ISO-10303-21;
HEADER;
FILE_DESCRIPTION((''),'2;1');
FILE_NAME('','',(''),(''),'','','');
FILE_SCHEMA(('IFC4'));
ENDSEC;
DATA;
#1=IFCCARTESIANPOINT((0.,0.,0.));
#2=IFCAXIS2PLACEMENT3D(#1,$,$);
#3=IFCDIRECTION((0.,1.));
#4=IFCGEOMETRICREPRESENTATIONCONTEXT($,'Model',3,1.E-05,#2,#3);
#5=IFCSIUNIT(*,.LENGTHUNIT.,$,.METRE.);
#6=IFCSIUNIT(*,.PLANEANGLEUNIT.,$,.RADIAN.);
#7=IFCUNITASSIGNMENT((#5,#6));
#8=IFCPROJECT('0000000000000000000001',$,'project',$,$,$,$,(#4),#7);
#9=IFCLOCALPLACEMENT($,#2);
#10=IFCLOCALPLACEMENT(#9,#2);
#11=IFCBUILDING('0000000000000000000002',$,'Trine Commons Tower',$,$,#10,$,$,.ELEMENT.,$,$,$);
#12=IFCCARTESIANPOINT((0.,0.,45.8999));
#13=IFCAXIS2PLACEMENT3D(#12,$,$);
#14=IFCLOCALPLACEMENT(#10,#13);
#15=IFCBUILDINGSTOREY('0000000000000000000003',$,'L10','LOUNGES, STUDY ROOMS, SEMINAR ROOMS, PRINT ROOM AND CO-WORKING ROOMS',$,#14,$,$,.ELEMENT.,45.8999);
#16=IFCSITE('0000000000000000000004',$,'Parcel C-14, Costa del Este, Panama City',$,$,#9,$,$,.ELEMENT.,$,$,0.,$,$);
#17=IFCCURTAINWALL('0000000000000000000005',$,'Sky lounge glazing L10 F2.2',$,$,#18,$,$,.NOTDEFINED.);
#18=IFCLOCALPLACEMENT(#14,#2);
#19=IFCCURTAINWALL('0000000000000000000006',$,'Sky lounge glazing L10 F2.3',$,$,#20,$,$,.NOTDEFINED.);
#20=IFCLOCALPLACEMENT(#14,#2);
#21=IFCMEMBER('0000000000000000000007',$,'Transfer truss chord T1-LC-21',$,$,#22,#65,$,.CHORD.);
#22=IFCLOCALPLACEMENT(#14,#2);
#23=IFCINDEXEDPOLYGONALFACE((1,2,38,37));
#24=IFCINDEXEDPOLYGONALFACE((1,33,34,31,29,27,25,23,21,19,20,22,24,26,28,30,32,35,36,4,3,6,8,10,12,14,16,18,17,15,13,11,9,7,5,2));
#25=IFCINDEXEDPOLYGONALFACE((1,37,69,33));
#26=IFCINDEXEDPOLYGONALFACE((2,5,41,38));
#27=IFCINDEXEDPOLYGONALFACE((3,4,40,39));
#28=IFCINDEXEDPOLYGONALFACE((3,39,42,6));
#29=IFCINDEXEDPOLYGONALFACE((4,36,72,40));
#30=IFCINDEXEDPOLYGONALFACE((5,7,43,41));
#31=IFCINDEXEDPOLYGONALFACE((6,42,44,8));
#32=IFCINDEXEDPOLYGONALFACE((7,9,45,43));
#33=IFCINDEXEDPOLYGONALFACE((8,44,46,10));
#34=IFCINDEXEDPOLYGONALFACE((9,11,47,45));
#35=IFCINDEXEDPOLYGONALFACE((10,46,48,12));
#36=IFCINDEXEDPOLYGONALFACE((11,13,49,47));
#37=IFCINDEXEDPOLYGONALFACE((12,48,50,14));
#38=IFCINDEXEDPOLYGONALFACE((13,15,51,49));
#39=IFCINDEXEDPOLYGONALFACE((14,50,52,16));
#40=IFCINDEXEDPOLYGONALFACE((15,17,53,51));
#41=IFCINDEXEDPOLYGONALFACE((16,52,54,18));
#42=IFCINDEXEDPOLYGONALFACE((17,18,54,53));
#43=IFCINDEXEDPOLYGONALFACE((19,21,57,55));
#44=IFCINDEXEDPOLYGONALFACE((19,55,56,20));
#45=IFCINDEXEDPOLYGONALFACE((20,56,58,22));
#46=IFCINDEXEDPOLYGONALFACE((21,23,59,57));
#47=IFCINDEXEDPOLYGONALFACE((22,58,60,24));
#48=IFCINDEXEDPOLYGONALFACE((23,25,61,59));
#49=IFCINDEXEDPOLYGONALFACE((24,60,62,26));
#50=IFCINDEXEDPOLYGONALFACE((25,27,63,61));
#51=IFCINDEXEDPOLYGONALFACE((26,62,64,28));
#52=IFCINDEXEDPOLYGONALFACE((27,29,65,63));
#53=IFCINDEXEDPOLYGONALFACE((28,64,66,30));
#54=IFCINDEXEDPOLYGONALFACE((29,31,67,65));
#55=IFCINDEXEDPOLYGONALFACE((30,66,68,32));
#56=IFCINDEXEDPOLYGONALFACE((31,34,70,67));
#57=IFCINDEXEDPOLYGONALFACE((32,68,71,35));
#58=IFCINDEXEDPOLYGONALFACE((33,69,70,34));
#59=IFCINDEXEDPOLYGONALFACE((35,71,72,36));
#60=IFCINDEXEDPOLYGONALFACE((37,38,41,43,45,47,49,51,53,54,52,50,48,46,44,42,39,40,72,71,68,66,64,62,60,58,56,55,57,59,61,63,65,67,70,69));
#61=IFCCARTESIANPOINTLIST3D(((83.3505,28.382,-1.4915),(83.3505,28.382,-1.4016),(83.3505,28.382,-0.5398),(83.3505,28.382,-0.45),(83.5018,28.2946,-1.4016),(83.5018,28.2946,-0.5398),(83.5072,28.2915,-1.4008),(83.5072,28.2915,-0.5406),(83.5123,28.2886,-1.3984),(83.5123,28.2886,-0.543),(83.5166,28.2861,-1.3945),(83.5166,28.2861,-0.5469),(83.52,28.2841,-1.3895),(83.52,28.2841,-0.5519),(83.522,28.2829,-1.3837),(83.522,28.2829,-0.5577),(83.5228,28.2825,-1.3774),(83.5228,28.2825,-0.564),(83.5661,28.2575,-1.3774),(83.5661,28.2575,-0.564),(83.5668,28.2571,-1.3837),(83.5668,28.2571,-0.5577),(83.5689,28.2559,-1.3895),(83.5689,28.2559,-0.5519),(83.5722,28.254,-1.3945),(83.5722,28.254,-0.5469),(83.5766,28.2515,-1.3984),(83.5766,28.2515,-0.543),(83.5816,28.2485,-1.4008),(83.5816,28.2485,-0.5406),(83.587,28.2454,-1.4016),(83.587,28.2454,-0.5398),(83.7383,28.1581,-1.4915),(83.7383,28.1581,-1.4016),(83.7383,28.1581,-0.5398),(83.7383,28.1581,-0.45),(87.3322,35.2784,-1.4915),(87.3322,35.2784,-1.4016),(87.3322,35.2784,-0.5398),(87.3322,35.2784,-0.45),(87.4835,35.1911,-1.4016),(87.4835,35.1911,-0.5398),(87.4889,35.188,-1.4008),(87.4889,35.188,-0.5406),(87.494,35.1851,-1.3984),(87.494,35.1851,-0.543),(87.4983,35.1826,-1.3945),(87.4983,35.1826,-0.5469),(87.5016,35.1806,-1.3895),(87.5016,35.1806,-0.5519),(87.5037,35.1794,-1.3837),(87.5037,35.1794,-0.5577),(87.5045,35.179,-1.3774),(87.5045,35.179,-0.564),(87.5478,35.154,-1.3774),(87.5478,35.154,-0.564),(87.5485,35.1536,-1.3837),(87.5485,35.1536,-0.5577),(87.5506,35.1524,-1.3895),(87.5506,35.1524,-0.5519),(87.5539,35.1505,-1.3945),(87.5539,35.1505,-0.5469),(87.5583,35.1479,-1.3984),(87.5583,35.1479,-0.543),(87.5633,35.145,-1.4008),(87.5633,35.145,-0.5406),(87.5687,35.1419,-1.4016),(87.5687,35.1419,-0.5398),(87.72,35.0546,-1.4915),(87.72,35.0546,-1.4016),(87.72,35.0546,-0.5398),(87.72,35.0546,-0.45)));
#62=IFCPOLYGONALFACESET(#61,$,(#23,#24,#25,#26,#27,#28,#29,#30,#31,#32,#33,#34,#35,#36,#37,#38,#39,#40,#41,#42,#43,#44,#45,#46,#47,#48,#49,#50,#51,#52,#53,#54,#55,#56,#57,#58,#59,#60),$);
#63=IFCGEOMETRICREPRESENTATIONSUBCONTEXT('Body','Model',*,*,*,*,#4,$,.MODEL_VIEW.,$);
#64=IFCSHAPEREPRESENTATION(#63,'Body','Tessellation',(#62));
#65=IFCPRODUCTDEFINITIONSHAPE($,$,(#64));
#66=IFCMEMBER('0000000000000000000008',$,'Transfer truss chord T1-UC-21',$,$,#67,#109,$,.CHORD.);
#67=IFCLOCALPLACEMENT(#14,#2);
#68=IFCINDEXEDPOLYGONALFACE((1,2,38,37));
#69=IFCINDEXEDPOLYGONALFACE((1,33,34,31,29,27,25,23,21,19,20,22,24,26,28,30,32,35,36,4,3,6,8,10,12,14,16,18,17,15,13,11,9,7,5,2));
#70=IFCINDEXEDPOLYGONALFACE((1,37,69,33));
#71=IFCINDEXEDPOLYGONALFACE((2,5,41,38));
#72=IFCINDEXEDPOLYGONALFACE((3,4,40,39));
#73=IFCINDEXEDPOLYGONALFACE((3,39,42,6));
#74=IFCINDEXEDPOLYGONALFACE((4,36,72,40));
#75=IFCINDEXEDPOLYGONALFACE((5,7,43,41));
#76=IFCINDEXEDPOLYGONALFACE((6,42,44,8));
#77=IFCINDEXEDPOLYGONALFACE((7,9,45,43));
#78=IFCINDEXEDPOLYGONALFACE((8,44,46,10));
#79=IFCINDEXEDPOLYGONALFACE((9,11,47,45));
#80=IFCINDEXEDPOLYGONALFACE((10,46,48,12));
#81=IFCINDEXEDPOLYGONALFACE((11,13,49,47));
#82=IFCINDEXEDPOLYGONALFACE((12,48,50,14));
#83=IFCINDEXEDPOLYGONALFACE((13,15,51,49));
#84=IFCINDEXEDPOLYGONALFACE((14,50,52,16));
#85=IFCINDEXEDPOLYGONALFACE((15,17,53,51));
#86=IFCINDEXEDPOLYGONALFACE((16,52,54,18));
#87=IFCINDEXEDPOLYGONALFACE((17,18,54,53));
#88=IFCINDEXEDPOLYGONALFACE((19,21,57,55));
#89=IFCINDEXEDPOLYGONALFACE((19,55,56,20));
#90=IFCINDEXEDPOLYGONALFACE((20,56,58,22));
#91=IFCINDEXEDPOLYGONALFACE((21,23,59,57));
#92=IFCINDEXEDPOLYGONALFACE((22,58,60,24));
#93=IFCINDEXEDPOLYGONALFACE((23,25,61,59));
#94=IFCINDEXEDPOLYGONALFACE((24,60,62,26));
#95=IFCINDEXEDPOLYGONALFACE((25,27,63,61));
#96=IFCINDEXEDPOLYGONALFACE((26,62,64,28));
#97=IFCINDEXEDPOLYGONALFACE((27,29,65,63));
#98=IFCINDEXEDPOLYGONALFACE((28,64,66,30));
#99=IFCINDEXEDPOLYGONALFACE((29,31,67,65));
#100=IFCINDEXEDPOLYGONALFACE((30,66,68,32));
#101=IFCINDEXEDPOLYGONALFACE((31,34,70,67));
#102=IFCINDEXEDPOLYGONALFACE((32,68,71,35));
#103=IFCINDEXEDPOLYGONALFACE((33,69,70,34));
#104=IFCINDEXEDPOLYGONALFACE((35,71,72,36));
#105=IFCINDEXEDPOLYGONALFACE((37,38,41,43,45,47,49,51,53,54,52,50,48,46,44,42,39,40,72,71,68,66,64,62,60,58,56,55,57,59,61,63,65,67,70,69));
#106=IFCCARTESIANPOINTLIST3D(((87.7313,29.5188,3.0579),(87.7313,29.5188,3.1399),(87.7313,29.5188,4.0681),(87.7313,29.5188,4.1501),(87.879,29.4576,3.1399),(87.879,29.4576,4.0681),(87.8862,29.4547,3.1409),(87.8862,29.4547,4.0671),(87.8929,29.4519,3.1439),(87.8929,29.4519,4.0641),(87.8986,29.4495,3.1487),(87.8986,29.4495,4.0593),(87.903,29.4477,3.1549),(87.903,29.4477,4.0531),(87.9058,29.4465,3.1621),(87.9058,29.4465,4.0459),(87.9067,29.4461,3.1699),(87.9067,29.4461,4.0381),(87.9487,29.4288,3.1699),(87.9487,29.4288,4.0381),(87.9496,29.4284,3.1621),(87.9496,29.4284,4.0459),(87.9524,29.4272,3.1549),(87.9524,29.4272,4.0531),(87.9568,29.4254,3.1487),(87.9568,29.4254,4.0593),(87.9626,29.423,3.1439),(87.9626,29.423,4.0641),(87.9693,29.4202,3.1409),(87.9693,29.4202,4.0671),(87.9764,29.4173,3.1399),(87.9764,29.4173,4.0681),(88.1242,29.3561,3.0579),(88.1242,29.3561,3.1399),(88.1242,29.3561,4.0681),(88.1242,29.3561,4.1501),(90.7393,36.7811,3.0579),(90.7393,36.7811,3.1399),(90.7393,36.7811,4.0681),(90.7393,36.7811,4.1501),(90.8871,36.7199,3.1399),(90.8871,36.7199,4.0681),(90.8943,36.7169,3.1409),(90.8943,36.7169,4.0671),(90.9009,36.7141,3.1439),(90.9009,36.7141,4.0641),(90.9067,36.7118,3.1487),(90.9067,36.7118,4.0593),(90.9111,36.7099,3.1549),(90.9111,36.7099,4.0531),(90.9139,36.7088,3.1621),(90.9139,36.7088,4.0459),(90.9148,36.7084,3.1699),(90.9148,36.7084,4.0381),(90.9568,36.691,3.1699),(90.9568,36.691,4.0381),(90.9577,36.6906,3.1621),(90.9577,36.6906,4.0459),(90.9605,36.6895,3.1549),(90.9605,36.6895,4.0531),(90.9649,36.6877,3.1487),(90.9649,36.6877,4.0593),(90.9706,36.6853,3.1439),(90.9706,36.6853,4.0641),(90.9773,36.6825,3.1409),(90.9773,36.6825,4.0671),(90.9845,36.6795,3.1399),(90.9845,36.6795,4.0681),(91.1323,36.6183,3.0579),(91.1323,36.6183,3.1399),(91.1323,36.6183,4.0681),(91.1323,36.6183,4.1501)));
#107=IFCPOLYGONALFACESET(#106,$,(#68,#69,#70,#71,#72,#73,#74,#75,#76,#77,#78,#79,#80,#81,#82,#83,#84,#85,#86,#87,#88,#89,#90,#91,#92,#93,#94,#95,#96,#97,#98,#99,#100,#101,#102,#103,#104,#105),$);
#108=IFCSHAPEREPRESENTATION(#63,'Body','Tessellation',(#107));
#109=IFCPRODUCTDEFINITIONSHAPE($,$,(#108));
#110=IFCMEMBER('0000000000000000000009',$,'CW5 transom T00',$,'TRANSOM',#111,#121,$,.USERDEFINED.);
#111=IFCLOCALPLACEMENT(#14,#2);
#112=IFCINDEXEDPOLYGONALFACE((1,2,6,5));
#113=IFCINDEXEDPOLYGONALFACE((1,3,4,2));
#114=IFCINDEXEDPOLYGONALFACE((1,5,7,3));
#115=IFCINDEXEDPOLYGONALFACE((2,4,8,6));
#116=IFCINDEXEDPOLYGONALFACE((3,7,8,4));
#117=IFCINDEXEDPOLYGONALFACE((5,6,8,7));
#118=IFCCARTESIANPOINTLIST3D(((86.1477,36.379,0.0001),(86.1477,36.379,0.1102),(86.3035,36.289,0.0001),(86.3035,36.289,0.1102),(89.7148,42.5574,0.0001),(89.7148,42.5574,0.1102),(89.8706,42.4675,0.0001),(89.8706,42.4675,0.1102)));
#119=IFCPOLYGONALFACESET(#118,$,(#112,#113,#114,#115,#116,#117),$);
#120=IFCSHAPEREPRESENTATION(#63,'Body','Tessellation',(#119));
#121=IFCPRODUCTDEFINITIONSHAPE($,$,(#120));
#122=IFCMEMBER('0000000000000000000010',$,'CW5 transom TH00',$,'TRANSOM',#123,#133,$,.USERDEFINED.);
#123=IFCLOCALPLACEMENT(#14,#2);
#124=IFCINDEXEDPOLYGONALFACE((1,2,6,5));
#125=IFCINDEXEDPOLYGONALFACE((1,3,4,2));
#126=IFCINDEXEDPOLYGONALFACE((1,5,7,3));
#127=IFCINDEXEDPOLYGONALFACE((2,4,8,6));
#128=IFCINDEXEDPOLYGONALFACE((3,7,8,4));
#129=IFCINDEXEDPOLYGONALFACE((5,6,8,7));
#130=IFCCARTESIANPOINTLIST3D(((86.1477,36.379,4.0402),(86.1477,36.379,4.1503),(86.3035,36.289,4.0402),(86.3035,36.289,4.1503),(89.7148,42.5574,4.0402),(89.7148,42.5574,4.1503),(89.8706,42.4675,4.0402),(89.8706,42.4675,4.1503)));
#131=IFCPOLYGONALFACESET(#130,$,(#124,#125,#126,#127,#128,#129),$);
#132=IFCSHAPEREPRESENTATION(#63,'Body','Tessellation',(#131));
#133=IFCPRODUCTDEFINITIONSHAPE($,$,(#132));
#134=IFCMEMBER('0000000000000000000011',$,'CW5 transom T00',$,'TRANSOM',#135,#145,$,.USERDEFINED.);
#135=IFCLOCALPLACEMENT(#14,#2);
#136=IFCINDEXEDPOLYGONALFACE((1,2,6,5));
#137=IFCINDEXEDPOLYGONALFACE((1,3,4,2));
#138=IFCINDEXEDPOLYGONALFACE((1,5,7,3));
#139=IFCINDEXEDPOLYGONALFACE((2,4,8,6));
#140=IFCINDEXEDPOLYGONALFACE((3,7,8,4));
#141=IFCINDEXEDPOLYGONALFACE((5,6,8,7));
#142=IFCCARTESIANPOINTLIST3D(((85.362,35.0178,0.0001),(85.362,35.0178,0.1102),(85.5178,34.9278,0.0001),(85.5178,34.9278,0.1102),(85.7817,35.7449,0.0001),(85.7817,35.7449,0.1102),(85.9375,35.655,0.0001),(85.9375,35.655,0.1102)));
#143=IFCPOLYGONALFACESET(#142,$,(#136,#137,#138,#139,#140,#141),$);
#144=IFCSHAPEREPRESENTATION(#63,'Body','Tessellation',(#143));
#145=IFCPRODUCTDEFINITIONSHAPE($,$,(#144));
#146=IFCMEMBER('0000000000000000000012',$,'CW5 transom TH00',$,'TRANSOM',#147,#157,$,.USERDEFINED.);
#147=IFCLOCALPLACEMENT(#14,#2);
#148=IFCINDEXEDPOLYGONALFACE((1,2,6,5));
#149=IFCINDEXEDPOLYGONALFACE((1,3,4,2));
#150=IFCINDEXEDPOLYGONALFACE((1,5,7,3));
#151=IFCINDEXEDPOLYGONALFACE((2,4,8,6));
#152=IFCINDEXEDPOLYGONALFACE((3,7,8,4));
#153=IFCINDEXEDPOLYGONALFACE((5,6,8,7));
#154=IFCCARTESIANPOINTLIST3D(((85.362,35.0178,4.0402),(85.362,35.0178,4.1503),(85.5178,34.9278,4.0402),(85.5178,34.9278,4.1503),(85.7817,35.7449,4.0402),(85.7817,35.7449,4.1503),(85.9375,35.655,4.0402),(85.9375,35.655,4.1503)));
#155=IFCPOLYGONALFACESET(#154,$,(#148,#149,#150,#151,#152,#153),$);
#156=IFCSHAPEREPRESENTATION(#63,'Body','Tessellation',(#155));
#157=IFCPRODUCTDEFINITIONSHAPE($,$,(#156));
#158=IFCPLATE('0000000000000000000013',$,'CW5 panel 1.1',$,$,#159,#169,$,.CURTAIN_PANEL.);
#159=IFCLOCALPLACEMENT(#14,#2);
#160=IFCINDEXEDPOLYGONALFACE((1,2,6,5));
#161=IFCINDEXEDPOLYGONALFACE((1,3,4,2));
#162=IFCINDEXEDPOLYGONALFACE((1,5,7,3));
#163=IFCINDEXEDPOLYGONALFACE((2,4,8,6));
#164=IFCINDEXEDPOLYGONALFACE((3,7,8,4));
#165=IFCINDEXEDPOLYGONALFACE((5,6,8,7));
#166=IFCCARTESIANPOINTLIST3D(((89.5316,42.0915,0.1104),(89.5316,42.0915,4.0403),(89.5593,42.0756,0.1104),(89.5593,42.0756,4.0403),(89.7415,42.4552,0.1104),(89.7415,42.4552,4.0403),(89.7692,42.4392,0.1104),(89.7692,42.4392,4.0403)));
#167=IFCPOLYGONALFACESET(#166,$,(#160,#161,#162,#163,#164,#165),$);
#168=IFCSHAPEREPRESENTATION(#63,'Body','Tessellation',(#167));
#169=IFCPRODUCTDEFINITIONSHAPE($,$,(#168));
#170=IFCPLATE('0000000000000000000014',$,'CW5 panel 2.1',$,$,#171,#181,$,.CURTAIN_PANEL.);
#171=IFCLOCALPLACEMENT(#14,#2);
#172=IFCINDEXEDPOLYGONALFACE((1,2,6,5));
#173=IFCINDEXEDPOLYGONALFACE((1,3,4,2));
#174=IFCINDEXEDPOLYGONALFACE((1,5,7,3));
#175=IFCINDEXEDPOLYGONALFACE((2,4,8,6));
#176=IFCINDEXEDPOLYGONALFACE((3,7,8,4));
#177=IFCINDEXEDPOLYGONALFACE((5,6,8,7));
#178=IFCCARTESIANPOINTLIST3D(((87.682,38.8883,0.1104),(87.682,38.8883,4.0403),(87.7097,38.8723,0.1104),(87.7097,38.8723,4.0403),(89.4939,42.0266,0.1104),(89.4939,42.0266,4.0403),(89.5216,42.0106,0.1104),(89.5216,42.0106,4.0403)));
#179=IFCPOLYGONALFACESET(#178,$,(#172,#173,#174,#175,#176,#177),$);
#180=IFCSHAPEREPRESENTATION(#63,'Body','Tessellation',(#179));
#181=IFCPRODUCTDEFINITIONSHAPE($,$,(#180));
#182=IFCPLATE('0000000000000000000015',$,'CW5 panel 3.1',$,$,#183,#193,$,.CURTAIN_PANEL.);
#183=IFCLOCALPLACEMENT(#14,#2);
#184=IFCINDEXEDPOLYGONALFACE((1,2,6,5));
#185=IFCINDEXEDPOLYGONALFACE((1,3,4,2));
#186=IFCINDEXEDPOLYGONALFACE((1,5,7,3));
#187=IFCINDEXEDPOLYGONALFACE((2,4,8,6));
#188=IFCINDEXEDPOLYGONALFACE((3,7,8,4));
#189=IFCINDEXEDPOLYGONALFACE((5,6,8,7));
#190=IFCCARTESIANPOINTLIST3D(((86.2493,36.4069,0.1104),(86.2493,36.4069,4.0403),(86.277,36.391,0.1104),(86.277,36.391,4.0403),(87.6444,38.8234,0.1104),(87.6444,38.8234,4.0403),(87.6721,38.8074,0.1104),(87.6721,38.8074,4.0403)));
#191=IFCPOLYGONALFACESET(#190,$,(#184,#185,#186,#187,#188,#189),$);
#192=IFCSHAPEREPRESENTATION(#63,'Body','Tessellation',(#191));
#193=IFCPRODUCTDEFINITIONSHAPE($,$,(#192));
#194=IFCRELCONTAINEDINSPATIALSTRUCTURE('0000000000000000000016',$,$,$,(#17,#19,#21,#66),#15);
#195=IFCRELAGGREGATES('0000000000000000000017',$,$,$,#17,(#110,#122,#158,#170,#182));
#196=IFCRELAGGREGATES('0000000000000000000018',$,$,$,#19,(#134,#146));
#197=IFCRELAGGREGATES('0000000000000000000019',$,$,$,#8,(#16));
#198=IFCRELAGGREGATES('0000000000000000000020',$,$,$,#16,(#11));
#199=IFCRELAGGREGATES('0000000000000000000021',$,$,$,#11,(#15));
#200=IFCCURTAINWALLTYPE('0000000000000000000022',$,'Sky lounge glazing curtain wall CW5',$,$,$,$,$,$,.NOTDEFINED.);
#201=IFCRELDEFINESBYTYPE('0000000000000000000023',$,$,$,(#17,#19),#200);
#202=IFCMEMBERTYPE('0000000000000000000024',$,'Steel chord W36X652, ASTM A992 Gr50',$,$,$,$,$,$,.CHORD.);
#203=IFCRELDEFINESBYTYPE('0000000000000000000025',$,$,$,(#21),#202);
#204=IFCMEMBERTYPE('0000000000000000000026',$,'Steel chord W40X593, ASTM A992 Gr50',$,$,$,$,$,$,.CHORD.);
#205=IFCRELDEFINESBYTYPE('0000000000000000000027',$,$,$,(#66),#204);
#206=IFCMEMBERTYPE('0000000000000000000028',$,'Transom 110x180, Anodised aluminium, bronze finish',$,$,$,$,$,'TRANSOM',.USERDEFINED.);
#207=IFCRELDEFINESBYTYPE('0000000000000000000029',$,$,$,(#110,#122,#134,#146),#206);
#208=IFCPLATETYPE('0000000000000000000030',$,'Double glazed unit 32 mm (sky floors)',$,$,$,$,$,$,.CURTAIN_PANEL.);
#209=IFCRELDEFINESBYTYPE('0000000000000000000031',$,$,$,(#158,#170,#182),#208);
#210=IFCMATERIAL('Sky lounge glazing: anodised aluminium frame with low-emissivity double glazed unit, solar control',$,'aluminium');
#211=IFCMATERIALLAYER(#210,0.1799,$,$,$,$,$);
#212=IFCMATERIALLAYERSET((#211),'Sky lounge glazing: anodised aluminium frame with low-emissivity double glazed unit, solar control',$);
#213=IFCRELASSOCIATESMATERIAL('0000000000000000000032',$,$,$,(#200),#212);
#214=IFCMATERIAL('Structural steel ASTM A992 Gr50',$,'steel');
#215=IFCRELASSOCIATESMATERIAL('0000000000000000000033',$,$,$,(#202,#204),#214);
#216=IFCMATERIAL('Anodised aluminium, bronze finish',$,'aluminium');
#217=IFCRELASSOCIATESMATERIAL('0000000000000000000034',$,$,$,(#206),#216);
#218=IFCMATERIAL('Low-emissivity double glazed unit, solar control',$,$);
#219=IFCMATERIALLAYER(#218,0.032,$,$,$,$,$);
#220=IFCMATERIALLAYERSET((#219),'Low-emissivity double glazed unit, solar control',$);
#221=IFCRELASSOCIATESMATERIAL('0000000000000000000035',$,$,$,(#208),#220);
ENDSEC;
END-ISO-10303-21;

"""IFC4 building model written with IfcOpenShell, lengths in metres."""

from ifc_helpers import new_model, si_unit, direction, frame, origin, origin_2d, place, context, subcontext, project, spatial, rectangle, i_section, extrude, material, layer, layer_set, material_profile, profile_set, type_object, element, aggregate, save


model = new_model("IFC4")

# Units and contexts
model_context = context("Model", 3, precision=1e-05, world=origin(), true_north=direction((0.0, 1.0)))
body_context = subcontext(model_context, "Body", "Model", "MODEL_VIEW")
ifc_project = project(units=[si_unit("LENGTHUNIT", "METRE"), si_unit("PLANEANGLEUNIT", "RADIAN")], contexts=[model_context])

# Site, building, storey
site_placement = place(None, origin())
site = spatial("IfcSite", under=ifc_project, at=site_placement, Name="Parcel C-14, Costa del Este, Panama City", CompositionType="ELEMENT", RefElevation=0.0)
building_placement = place(site_placement, origin())
building = spatial("IfcBuilding", under=site, at=building_placement, Name="Trine Commons Tower", CompositionType="ELEMENT")
storey_placement = place(building_placement, frame((0.0, 0.0, 45.8999)))
storey = spatial("IfcBuildingStorey", under=building, at=storey_placement, Name="L10", Description="LOUNGES, STUDY ROOMS, SEMINAR ROOMS, PRINT ROOM AND CO-WORKING ROOMS", CompositionType="ELEMENT", Elevation=45.8999)

# Curtain walls
ifc_material_1 = material(Name="Sky lounge glazing: anodised aluminium frame with low-emissivity double glazed unit, solar control", Category="aluminium")
ifc_layer_1 = layer(ifc_material_1, 0.1799)
ifc_layer_set_1 = layer_set([ifc_layer_1], Name="Sky lounge glazing: anodised aluminium frame with low-emissivity double glazed unit, solar control")
curtain_wall_type = type_object("IfcCurtainWallType", Name="Sky lounge glazing curtain wall CW5", PredefinedType="NOTDEFINED", material=ifc_layer_set_1)
curtain_wall_1_placement = place(storey_placement, origin())
curtain_wall_1 = element("IfcCurtainWall", 1, at=curtain_wall_1_placement, inside=storey, type_object=curtain_wall_type, Name="Sky lounge glazing L10 F2.2", PredefinedType="NOTDEFINED")
ifc_material_2 = material(Name="Anodised aluminium, bronze finish", Category="aluminium")
curtain_wall_2_placement = place(storey_placement, origin())
curtain_wall_2 = element("IfcCurtainWall", 2, at=curtain_wall_2_placement, inside=storey, type_object=curtain_wall_type, Name="Sky lounge glazing L10 F2.3", PredefinedType="NOTDEFINED")

# Members
ifc_material_3 = material(Name="Structural steel ASTM A992 Gr50", Category="steel")
ifc_material_profile_1 = material_profile(ifc_material_3, i_section(OverallWidth=0.4478, OverallDepth=1.0415, WebThickness=0.05, FlangeThickness=0.0898, FilletRadius=0.0242, at=origin_2d()), Name="W36X652")
ifc_profile_set_1 = profile_set([ifc_material_profile_1], Name="Structural steel ASTM A992 Gr50")
member_type_1 = type_object("IfcMemberType", Name="Steel chord W36X652, ASTM A992 Gr50", PredefinedType="CHORD", material=ifc_profile_set_1)
for number, where, z_axis, x_axis, name in (
    (3, (87.5261, 35.1665, -0.9707), (-0.5, -0.866025, 0.0), (0.866025, -0.5, 0.0), "Transfer truss chord T1-LC-21"),
):
    element("IfcMember", number, at=place(storey_placement, frame(where, z_axis=z_axis, x_axis=x_axis)), inside=storey, type_object=member_type_1, Name=name, PredefinedType="CHORD", context=body_context, shape_type="SweptSolid", body=[
        extrude(i_section(OverallWidth=0.4478, OverallDepth=1.0415, WebThickness=0.05, FlangeThickness=0.0898, FilletRadius=0.0242, at=origin_2d()), origin(), (0.0, 0.0, 1.0), 7.9634),
    ])
ifc_material_profile_2 = material_profile(ifc_material_3, i_section(OverallWidth=0.4253, OverallDepth=1.0923, WebThickness=0.0454, FlangeThickness=0.082, FilletRadius=0.03, at=origin_2d()), Name="W40X593")
ifc_profile_set_2 = profile_set([ifc_material_profile_2], Name="Structural steel ASTM A992 Gr50")
member_type_2 = type_object("IfcMemberType", Name="Steel chord W40X593, ASTM A992 Gr50", PredefinedType="CHORD", material=ifc_profile_set_2)
member_1_placement = place(storey_placement, frame((90.9358, 36.6997, 3.604), z_axis=(-0.382678, -0.923882, 0.0), x_axis=(0.923882, -0.382678, 0.0)))
element("IfcMember", 4, at=member_1_placement, inside=storey, type_object=member_type_2, Name="Transfer truss chord T1-UC-21", PredefinedType="CHORD", context=body_context, shape_type="SweptSolid", body=[
    extrude(i_section(OverallWidth=0.4253, OverallDepth=1.0923, WebThickness=0.0454, FlangeThickness=0.082, FilletRadius=0.03, at=origin_2d()), origin(), (0.0, 0.0, 1.0), 7.8606),
])

# Members
ifc_material_profile_3 = material_profile(ifc_material_2, rectangle(XDim=0.1799, YDim=0.1101, at=origin_2d()), Name="Transom 110x180")
ifc_profile_set_3 = profile_set([ifc_material_profile_3], Name="Anodised aluminium, bronze finish")
member_type_3 = type_object("IfcMemberType", Name="Transom 110x180, Anodised aluminium, bronze finish", ElementType="TRANSOM", PredefinedType="USERDEFINED", material=ifc_profile_set_3)
member_2_placement = place(storey_placement, frame((89.7927, 42.5125, 0.0552), z_axis=(-0.5, -0.866025, 0.0), x_axis=(0.866025, -0.5, 0.0)))
member_2 = element("IfcMember", 5, at=member_2_placement, type_object=member_type_3, Name="CW5 transom T00", ObjectType="TRANSOM", PredefinedType="USERDEFINED", context=body_context, shape_type="SweptSolid", body=[
    extrude(rectangle(XDim=0.1799, YDim=0.1101, at=origin_2d()), origin(), (0.0, 0.0, 1.0), 7.1343),
])
member_3_placement = place(storey_placement, frame((89.7927, 42.5125, 4.0952), z_axis=(-0.5, -0.866025, 0.0), x_axis=(0.866025, -0.5, 0.0)))
member_3 = element("IfcMember", 6, at=member_3_placement, type_object=member_type_3, Name="CW5 transom TH00", ObjectType="TRANSOM", PredefinedType="USERDEFINED", context=body_context, shape_type="SweptSolid", body=[
    extrude(rectangle(XDim=0.1799, YDim=0.1101, at=origin_2d()), origin(), (0.0, 0.0, 1.0), 7.1343),
])
member_4_placement = place(storey_placement, frame((85.8596, 35.7, 0.0552), z_axis=(-0.499924, -0.866069, 0.0), x_axis=(0.866069, -0.499924, 0.0)))
member_4 = element("IfcMember", 7, at=member_4_placement, type_object=member_type_3, Name="CW5 transom T00", ObjectType="TRANSOM", PredefinedType="USERDEFINED", context=body_context, shape_type="SweptSolid", body=[
    extrude(rectangle(XDim=0.1799, YDim=0.1101, at=origin_2d()), origin(), (0.0, 0.0, 1.0), 0.8396),
])
member_5_placement = place(storey_placement, frame((85.8596, 35.7, 4.0952), z_axis=(-0.499924, -0.866069, 0.0), x_axis=(0.866069, -0.499924, 0.0)))
member_5 = element("IfcMember", 8, at=member_5_placement, type_object=member_type_3, Name="CW5 transom TH00", ObjectType="TRANSOM", PredefinedType="USERDEFINED", context=body_context, shape_type="SweptSolid", body=[
    extrude(rectangle(XDim=0.1799, YDim=0.1101, at=origin_2d()), origin(), (0.0, 0.0, 1.0), 0.8396),
])

# Plates
ifc_material_4 = material(Name="Low-emissivity double glazed unit, solar control")
ifc_layer_2 = layer(ifc_material_4, 0.032)
ifc_layer_set_2 = layer_set([ifc_layer_2], Name="Low-emissivity double glazed unit, solar control")
plate_type = type_object("IfcPlateType", Name="Double glazed unit 32 mm (sky floors)", PredefinedType="CURTAIN_PANEL", material=ifc_layer_set_2)
plate_1_placement = place(storey_placement, frame((89.6504, 42.2654, 0.1104), z_axis=(0.0, 0.0, 1.0), x_axis=(-0.5, -0.866025, 0.0)))
plate_1 = element("IfcPlate", 9, at=plate_1_placement, type_object=plate_type, Name="CW5 panel 1.1", PredefinedType="CURTAIN_PANEL", context=body_context, shape_type="SweptSolid", body=[
    extrude(rectangle(XDim=0.4199, YDim=0.032, at=origin_2d()), origin(), (0.0, 0.0, 1.0), 3.9299),
])
plate_2_placement = place(storey_placement, frame((88.6018, 40.4495, 0.1104), z_axis=(0.0, 0.0, 1.0), x_axis=(-0.5, -0.866025, 0.0)))
plate_2 = element("IfcPlate", 10, at=plate_2_placement, type_object=plate_type, Name="CW5 panel 2.1", PredefinedType="CURTAIN_PANEL", context=body_context, shape_type="SweptSolid", body=[
    extrude(rectangle(XDim=3.6238, YDim=0.032, at=origin_2d()), origin(), (0.0, 0.0, 1.0), 3.9299),
])
plate_3_placement = place(storey_placement, frame((86.9607, 37.6072, 0.1104), z_axis=(0.0, 0.0, 1.0), x_axis=(-0.5, -0.866025, 0.0)))
plate_3 = element("IfcPlate", 11, at=plate_3_placement, type_object=plate_type, Name="CW5 panel 3.1", PredefinedType="CURTAIN_PANEL", context=body_context, shape_type="SweptSolid", body=[
    extrude(rectangle(XDim=2.7903, YDim=0.032, at=origin_2d()), origin(), (0.0, 0.0, 1.0), 3.9299),
])
aggregate(curtain_wall_1, [member_2, member_3, plate_1, plate_2, plate_3])
aggregate(curtain_wall_2, [member_4, member_5])

save(model, "model.ifc")
